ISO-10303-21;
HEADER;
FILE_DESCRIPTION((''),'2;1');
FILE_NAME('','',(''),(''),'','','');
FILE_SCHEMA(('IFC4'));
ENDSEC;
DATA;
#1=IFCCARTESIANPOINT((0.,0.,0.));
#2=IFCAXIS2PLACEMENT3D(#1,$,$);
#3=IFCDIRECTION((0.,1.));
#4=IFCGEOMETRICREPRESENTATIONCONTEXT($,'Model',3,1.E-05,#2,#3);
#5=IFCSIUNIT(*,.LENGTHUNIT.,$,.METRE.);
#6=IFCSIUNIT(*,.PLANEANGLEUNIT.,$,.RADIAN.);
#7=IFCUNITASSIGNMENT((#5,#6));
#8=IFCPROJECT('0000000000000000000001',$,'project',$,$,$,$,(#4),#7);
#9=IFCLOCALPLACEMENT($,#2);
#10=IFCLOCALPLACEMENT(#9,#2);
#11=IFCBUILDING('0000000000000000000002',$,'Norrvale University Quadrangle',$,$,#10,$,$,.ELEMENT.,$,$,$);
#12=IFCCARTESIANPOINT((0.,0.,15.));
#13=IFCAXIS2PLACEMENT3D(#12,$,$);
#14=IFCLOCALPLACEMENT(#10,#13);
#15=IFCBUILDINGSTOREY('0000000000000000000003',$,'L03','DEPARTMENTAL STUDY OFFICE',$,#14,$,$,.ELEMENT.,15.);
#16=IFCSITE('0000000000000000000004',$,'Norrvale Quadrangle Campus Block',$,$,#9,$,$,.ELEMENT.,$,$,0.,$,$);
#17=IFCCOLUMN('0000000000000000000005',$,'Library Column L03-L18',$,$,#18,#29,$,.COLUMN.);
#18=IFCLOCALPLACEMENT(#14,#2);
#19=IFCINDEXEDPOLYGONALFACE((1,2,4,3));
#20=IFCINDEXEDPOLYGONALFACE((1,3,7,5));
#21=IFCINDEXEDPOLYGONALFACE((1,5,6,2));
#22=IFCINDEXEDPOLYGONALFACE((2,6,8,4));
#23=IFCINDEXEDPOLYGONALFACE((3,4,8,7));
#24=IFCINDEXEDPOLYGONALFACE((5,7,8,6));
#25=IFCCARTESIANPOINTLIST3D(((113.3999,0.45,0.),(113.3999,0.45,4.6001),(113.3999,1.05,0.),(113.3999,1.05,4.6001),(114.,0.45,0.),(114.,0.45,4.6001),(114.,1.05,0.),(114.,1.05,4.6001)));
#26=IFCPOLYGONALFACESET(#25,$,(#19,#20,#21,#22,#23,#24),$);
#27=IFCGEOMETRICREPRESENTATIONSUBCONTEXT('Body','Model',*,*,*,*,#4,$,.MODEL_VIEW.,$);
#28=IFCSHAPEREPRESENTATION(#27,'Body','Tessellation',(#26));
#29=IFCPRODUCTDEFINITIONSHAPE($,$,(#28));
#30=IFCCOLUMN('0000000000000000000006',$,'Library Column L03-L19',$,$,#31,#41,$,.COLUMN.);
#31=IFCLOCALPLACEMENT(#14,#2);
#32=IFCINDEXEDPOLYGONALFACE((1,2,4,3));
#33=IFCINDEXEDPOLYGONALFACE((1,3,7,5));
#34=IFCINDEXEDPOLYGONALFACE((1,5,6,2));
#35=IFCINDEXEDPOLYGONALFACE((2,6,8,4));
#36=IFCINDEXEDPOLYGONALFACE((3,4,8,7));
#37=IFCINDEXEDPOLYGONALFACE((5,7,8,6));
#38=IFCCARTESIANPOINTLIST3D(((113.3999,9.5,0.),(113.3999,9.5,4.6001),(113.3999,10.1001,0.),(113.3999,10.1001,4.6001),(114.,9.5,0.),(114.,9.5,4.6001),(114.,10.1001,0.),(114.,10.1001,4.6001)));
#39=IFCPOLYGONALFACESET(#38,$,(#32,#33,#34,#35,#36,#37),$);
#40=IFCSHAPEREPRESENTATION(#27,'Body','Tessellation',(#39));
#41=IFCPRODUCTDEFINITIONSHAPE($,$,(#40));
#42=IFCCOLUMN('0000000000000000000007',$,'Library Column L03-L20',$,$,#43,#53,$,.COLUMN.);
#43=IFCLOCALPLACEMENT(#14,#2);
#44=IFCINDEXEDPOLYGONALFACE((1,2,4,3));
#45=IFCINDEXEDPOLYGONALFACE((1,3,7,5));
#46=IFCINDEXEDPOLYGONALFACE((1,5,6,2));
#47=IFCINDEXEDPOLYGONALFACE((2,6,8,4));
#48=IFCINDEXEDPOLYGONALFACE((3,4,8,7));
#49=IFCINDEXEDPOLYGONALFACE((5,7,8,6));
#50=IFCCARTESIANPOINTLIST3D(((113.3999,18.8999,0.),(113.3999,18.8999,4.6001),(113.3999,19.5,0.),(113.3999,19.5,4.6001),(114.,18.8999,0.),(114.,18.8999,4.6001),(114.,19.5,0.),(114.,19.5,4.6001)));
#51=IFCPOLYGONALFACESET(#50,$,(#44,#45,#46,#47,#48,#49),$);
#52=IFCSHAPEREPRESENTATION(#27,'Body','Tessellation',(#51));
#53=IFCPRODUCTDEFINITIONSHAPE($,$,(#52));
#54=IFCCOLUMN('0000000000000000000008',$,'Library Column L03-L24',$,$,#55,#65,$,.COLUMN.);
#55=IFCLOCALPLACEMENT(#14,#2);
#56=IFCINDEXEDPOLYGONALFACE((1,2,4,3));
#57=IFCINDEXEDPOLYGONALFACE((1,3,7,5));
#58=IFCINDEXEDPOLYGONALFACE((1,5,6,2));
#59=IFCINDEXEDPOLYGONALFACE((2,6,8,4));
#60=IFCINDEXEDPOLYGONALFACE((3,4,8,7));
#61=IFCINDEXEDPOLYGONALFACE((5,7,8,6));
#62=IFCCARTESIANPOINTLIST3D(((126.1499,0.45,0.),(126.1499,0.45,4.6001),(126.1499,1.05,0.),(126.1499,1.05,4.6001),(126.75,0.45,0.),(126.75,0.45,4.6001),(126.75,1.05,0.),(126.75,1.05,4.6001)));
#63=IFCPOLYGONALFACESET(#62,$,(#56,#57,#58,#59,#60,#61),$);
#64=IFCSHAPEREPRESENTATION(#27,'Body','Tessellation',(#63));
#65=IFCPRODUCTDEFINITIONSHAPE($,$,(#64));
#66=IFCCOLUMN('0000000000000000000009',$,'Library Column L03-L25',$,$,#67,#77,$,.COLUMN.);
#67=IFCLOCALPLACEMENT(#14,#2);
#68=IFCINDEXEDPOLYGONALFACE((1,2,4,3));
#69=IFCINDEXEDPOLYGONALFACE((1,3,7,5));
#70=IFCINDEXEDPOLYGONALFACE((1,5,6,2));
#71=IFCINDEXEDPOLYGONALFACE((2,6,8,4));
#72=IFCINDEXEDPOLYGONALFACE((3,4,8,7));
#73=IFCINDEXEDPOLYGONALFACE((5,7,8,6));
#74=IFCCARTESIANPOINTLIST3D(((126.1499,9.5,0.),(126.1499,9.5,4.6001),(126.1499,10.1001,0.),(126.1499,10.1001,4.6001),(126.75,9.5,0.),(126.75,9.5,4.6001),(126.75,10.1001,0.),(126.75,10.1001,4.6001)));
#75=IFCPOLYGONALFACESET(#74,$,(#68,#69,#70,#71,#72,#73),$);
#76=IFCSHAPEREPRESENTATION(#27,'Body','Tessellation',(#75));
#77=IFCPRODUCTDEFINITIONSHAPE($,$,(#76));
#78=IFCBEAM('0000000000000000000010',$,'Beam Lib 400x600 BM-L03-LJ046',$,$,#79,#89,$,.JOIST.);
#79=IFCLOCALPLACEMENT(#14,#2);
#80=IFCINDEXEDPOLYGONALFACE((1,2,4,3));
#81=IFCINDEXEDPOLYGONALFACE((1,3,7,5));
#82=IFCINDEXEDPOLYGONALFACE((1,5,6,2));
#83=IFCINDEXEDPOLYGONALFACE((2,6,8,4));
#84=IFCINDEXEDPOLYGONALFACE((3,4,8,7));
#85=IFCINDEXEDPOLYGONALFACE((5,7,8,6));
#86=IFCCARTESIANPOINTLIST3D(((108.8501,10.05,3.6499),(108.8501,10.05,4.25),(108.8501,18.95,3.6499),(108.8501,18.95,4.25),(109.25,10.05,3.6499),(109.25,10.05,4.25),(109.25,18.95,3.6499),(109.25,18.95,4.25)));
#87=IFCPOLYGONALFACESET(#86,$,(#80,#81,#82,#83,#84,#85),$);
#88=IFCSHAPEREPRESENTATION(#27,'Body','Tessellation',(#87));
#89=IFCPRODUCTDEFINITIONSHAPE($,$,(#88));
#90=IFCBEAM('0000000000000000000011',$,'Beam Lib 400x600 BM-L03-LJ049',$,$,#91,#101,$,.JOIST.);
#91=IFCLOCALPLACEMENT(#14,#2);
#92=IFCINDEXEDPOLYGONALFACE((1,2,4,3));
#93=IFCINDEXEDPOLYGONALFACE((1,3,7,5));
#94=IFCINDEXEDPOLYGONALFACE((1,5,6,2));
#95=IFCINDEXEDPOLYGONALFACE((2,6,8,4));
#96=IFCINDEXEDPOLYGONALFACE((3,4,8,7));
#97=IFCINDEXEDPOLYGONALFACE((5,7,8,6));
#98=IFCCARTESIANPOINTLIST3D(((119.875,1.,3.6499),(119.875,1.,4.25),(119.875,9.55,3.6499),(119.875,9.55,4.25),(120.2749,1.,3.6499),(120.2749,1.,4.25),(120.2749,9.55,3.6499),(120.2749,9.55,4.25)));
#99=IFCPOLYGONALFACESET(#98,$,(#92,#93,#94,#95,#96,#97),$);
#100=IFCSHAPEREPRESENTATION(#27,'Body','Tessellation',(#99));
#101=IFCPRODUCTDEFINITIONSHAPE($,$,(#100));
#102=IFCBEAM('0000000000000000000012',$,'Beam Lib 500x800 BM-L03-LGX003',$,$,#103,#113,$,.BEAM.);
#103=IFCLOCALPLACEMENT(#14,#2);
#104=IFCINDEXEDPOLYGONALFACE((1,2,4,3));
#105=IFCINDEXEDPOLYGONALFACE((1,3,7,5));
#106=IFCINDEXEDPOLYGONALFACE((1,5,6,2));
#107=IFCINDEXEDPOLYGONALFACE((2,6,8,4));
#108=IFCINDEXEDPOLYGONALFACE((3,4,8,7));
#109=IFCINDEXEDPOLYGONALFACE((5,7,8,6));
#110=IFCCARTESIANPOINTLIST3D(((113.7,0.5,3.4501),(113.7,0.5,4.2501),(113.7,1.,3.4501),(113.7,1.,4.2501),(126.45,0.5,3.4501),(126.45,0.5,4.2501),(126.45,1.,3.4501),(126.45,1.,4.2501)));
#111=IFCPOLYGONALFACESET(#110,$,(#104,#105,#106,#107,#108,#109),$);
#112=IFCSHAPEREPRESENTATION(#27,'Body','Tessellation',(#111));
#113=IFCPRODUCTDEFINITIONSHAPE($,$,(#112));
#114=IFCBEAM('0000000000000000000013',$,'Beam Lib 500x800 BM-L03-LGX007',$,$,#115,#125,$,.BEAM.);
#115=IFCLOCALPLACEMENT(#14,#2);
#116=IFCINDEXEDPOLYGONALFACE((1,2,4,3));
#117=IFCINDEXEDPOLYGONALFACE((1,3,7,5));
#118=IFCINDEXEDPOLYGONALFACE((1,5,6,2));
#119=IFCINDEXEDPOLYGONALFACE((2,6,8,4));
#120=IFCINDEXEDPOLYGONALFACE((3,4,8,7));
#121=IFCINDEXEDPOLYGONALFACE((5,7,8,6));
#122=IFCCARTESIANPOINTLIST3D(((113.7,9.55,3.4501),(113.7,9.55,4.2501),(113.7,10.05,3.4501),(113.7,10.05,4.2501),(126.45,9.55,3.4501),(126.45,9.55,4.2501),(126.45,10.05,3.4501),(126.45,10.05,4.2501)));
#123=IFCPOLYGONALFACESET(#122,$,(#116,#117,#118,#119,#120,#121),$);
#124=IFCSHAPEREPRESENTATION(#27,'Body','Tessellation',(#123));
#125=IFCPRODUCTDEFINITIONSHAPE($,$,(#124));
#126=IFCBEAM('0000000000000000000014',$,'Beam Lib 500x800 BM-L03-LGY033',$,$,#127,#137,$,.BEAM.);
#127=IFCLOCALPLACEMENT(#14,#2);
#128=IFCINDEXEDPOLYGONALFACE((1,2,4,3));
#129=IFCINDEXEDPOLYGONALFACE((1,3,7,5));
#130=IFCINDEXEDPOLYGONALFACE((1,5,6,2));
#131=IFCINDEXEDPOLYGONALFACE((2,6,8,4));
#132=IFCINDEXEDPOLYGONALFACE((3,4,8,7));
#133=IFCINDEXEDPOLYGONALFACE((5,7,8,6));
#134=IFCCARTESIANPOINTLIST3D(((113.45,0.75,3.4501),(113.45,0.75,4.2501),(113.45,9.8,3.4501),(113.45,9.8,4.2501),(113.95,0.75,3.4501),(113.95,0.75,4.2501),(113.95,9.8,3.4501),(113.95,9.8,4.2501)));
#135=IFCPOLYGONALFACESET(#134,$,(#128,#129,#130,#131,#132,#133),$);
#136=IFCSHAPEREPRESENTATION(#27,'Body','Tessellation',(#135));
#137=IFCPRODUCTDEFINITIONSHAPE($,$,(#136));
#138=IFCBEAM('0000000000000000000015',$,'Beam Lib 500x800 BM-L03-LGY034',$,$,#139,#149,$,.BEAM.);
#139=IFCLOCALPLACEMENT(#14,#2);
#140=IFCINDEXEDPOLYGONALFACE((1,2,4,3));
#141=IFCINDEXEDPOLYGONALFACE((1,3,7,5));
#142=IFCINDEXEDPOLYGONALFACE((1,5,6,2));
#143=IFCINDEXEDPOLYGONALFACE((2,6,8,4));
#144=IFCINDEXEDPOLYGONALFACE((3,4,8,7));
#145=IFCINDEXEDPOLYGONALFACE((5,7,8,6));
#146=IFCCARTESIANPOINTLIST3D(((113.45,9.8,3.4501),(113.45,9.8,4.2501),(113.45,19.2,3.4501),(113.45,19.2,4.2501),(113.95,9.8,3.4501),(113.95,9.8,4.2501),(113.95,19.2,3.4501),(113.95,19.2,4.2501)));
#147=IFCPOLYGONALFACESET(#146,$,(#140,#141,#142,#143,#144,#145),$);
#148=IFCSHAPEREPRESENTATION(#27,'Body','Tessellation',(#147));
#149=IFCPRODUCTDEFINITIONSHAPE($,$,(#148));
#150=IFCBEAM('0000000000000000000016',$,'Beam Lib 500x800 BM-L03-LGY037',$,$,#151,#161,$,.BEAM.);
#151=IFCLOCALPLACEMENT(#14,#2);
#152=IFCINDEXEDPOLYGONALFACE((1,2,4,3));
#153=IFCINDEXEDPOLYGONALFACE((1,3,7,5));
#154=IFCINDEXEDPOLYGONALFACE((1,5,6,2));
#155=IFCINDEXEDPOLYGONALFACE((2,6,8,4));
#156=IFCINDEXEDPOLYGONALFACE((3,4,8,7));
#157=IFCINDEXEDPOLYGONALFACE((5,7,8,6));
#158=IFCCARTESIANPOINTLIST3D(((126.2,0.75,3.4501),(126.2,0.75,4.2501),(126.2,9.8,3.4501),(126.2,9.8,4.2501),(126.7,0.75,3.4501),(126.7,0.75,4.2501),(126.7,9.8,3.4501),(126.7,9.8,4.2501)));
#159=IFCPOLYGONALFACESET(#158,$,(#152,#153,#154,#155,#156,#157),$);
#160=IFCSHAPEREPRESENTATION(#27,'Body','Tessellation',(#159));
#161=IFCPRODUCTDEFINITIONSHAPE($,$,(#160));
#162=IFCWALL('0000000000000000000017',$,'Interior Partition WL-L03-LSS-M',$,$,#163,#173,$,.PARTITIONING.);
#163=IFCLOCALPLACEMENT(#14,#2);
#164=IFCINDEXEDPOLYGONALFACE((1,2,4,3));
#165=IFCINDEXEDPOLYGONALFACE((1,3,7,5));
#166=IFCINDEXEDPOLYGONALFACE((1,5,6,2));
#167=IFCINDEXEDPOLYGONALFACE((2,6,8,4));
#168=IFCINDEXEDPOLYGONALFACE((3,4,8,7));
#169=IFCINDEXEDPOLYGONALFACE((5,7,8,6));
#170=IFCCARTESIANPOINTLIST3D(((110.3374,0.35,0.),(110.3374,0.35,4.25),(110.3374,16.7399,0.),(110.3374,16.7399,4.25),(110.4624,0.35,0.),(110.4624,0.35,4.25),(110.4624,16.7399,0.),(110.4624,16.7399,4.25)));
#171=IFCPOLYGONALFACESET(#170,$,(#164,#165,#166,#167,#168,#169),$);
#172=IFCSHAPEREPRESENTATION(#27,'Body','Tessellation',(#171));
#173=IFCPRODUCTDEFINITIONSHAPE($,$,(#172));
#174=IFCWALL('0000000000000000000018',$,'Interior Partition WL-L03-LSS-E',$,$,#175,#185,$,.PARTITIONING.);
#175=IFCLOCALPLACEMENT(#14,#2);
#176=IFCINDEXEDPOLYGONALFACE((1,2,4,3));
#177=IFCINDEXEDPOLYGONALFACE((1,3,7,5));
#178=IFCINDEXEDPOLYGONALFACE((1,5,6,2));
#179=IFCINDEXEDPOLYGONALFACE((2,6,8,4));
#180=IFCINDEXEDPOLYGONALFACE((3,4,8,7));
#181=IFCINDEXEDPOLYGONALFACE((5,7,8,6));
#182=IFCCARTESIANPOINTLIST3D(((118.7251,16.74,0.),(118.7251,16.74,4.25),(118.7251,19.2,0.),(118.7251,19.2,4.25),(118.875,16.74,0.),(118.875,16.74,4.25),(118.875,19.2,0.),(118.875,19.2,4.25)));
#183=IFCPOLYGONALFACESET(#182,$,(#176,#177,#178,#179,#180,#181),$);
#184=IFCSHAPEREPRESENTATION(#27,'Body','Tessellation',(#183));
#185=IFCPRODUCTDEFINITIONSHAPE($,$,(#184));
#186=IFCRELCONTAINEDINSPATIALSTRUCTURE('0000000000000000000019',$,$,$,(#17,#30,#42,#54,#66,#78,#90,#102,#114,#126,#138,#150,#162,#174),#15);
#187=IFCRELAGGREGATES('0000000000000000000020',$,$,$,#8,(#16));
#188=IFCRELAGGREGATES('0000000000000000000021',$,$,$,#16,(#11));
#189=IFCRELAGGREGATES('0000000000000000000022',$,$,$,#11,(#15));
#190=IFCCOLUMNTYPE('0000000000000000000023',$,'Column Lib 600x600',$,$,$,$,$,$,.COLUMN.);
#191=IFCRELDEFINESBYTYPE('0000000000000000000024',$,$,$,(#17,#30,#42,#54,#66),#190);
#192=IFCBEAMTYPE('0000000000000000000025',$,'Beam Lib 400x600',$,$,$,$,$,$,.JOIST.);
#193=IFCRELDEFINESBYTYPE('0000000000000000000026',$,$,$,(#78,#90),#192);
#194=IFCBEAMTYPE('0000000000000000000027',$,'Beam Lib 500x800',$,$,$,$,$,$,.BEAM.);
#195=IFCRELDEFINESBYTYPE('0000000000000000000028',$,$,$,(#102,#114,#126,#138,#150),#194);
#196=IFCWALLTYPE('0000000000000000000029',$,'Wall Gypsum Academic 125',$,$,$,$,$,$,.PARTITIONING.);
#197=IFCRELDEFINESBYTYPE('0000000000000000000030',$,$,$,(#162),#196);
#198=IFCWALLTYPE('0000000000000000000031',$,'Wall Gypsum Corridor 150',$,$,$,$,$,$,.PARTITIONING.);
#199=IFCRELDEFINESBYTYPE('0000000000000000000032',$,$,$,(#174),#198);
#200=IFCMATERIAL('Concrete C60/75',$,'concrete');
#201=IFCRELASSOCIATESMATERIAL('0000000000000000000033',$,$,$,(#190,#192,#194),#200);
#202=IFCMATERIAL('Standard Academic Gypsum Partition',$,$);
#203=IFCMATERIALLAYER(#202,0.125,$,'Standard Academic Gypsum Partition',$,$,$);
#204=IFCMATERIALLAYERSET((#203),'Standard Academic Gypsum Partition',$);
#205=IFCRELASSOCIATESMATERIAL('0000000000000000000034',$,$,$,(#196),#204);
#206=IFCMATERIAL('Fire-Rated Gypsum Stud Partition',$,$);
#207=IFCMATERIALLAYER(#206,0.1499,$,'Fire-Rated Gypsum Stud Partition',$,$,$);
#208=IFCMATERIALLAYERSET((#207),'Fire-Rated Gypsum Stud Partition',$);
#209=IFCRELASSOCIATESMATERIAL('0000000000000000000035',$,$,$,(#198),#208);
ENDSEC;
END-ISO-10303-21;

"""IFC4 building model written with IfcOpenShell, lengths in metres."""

from ifc_helpers import new_model, si_unit, direction, frame, frame_2d, origin, origin_2d, place, context, subcontext, project, spatial, rectangle, extrude, material, layer, layer_set, material_profile, profile_set, type_object, element, save


model = new_model("IFC4")

# Units and contexts
model_context = context("Model", 3, precision=1e-05, world=origin(), true_north=direction((0.0, 1.0)))
body_context = subcontext(model_context, "Body", "Model", "MODEL_VIEW")
ifc_project = project(units=[si_unit("LENGTHUNIT", "METRE"), si_unit("PLANEANGLEUNIT", "RADIAN")], contexts=[model_context])

# Site, building, storey
site_placement = place(None, origin())
site = spatial("IfcSite", under=ifc_project, at=site_placement, Name="Norrvale Quadrangle Campus Block", CompositionType="ELEMENT", RefElevation=0.0)
building_placement = place(site_placement, origin())
building = spatial("IfcBuilding", under=site, at=building_placement, Name="Norrvale University Quadrangle", CompositionType="ELEMENT")
storey_placement = place(building_placement, frame((0.0, 0.0, 15.0)))
storey = spatial("IfcBuildingStorey", under=building, at=storey_placement, Name="L03", Description="DEPARTMENTAL STUDY OFFICE", CompositionType="ELEMENT", Elevation=15.0)

# Columns
ifc_material_1 = material(Name="Concrete C60/75", Category="concrete")
ifc_material_profile_1 = material_profile(ifc_material_1, rectangle(XDim=0.6001, YDim=0.6001, at=origin_2d()), Name="Concrete C60/75")
ifc_profile_set_1 = profile_set([ifc_material_profile_1], Name="Concrete C60/75")
column_type = type_object("IfcColumnType", Name="Column Lib 600x600", PredefinedType="COLUMN", material=ifc_profile_set_1)
for number, where, z_axis, x_axis, name in (
    (1, (113.7, 0.75, 0.0), (0.0, 0.0, 1.0), (1.0, 0.0, 0.0), "Library Column L03-L18"),
    (2, (113.7, 9.8, 0.0), (0.0, 0.0, 1.0), (1.0, 0.0, 0.0), "Library Column L03-L19"),
    (3, (113.7, 19.2, 0.0), (0.0, 0.0, 1.0), (1.0, 0.0, 0.0), "Library Column L03-L20"),
    (4, (126.45, 0.75, 0.0), (0.0, 0.0, 1.0), (1.0, 0.0, 0.0), "Library Column L03-L24"),
    (5, (126.45, 9.8, 0.0), (0.0, 0.0, 1.0), (1.0, 0.0, 0.0), "Library Column L03-L25"),
):
    element("IfcColumn", number, at=place(storey_placement, frame(where, z_axis=z_axis, x_axis=x_axis)), inside=storey, type_object=column_type, Name=name, PredefinedType="COLUMN", context=body_context, shape_type="SweptSolid", body=[
        extrude(rectangle(XDim=0.6001, YDim=0.6001, at=origin_2d()), origin(), (0.0, 0.0, 1.0), 4.6001),
    ])

# Beams
ifc_material_profile_2 = material_profile(ifc_material_1, rectangle(XDim=0.3999, YDim=0.6001, at=origin_2d()), Name="Concrete C60/75")
ifc_profile_set_2 = profile_set([ifc_material_profile_2], Name="Concrete C60/75")
beam_type_1 = type_object("IfcBeamType", Name="Beam Lib 400x600", PredefinedType="JOIST", material=ifc_profile_set_2)
beam_1_placement = place(storey_placement, frame((109.05, 10.05, 3.95), z_axis=(0.0, 1.0, 0.0), x_axis=(-1.0, 0.0, 0.0)))
element("IfcBeam", 6, at=beam_1_placement, inside=storey, type_object=beam_type_1, Name="Beam Lib 400x600 BM-L03-LJ046", PredefinedType="JOIST", context=body_context, shape_type="SweptSolid", body=[
    extrude(rectangle(XDim=0.3999, YDim=0.6001, at=origin_2d()), origin(), (0.0, 0.0, 1.0), 8.8999),
])
beam_2_placement = place(storey_placement, frame((120.075, 1.0, 3.95), z_axis=(0.0, 1.0, 0.0), x_axis=(-1.0, 0.0, 0.0)))
element("IfcBeam", 7, at=beam_2_placement, inside=storey, type_object=beam_type_1, Name="Beam Lib 400x600 BM-L03-LJ049", PredefinedType="JOIST", context=body_context, shape_type="SweptSolid", body=[
    extrude(rectangle(XDim=0.3999, YDim=0.6001, at=origin_2d()), origin(), (0.0, 0.0, 1.0), 8.55),
])
ifc_material_profile_3 = material_profile(ifc_material_1, rectangle(XDim=0.5, YDim=0.8, at=origin_2d()), Name="Concrete C60/75")
ifc_profile_set_3 = profile_set([ifc_material_profile_3], Name="Concrete C60/75")
beam_type_2 = type_object("IfcBeamType", Name="Beam Lib 500x800", PredefinedType="BEAM", material=ifc_profile_set_3)
for number, where, z_axis, x_axis, name in (
    (8, (113.7, 0.75, 3.8501), (1.0, 0.0, 0.0), (0.0, 1.0, 0.0), "Beam Lib 500x800 BM-L03-LGX003"),
    (9, (113.7, 9.8, 3.8501), (1.0, 0.0, 0.0), (0.0, 1.0, 0.0), "Beam Lib 500x800 BM-L03-LGX007"),
):
    element("IfcBeam", number, at=place(storey_placement, frame(where, z_axis=z_axis, x_axis=x_axis)), inside=storey, type_object=beam_type_2, Name=name, PredefinedType="BEAM", context=body_context, shape_type="SweptSolid", body=[
        extrude(rectangle(XDim=0.5, YDim=0.8, at=origin_2d()), origin(), (0.0, 0.0, 1.0), 12.75),
    ])
beam_3_placement = place(storey_placement, frame((113.7, 0.75, 3.8501), z_axis=(0.0, 1.0, 0.0), x_axis=(-1.0, 0.0, 0.0)))
element("IfcBeam", 10, at=beam_3_placement, inside=storey, type_object=beam_type_2, Name="Beam Lib 500x800 BM-L03-LGY033", PredefinedType="BEAM", context=body_context, shape_type="SweptSolid", body=[
    extrude(rectangle(XDim=0.5, YDim=0.8, at=origin_2d()), origin(), (0.0, 0.0, 1.0), 9.05),
])
beam_4_placement = place(storey_placement, frame((113.7, 9.8, 3.8501), z_axis=(0.0, 1.0, 0.0), x_axis=(-1.0, 0.0, 0.0)))
element("IfcBeam", 11, at=beam_4_placement, inside=storey, type_object=beam_type_2, Name="Beam Lib 500x800 BM-L03-LGY034", PredefinedType="BEAM", context=body_context, shape_type="SweptSolid", body=[
    extrude(rectangle(XDim=0.5, YDim=0.8, at=origin_2d()), origin(), (0.0, 0.0, 1.0), 9.3999),
])
beam_5_placement = place(storey_placement, frame((126.45, 0.75, 3.8501), z_axis=(0.0, 1.0, 0.0), x_axis=(-1.0, 0.0, 0.0)))
element("IfcBeam", 12, at=beam_5_placement, inside=storey, type_object=beam_type_2, Name="Beam Lib 500x800 BM-L03-LGY037", PredefinedType="BEAM", context=body_context, shape_type="SweptSolid", body=[
    extrude(rectangle(XDim=0.5, YDim=0.8, at=origin_2d()), origin(), (0.0, 0.0, 1.0), 9.05),
])

# Walls
ifc_material_2 = material(Name="Standard Academic Gypsum Partition")
ifc_layer_1 = layer(ifc_material_2, 0.125, Name="Standard Academic Gypsum Partition")
ifc_layer_set_1 = layer_set([ifc_layer_1], Name="Standard Academic Gypsum Partition")
wall_type_1 = type_object("IfcWallType", Name="Wall Gypsum Academic 125", PredefinedType="PARTITIONING", material=ifc_layer_set_1)
wall_1_placement = place(storey_placement, frame((110.3999, 0.3501, 0.0), z_axis=(0.0, 0.0, 1.0), x_axis=(0.0, 1.0, 0.0)))
element("IfcWall", 13, at=wall_1_placement, inside=storey, type_object=wall_type_1, Name="Interior Partition WL-L03-LSS-M", PredefinedType="PARTITIONING", context=body_context, shape_type="SweptSolid", body=[
    extrude(rectangle(XDim=16.3899, YDim=0.125, at=frame_2d((8.1948, 0.0))), origin(), (0.0, 0.0, 1.0), 4.25),
])
ifc_material_3 = material(Name="Fire-Rated Gypsum Stud Partition")
ifc_layer_2 = layer(ifc_material_3, 0.1499, Name="Fire-Rated Gypsum Stud Partition")
ifc_layer_set_2 = layer_set([ifc_layer_2], Name="Fire-Rated Gypsum Stud Partition")
wall_type_2 = type_object("IfcWallType", Name="Wall Gypsum Corridor 150", PredefinedType="PARTITIONING", material=ifc_layer_set_2)
wall_2_placement = place(storey_placement, frame((118.8, 16.74, 0.0), z_axis=(0.0, 0.0, 1.0), x_axis=(0.0, 1.0, 0.0)))
element("IfcWall", 14, at=wall_2_placement, inside=storey, type_object=wall_type_2, Name="Interior Partition WL-L03-LSS-E", PredefinedType="PARTITIONING", context=body_context, shape_type="SweptSolid", body=[
    extrude(rectangle(XDim=2.46, YDim=0.1499, at=frame_2d((1.23, 0.0))), origin(), (0.0, 0.0, 1.0), 4.25),
])

save(model, "model.ifc")
